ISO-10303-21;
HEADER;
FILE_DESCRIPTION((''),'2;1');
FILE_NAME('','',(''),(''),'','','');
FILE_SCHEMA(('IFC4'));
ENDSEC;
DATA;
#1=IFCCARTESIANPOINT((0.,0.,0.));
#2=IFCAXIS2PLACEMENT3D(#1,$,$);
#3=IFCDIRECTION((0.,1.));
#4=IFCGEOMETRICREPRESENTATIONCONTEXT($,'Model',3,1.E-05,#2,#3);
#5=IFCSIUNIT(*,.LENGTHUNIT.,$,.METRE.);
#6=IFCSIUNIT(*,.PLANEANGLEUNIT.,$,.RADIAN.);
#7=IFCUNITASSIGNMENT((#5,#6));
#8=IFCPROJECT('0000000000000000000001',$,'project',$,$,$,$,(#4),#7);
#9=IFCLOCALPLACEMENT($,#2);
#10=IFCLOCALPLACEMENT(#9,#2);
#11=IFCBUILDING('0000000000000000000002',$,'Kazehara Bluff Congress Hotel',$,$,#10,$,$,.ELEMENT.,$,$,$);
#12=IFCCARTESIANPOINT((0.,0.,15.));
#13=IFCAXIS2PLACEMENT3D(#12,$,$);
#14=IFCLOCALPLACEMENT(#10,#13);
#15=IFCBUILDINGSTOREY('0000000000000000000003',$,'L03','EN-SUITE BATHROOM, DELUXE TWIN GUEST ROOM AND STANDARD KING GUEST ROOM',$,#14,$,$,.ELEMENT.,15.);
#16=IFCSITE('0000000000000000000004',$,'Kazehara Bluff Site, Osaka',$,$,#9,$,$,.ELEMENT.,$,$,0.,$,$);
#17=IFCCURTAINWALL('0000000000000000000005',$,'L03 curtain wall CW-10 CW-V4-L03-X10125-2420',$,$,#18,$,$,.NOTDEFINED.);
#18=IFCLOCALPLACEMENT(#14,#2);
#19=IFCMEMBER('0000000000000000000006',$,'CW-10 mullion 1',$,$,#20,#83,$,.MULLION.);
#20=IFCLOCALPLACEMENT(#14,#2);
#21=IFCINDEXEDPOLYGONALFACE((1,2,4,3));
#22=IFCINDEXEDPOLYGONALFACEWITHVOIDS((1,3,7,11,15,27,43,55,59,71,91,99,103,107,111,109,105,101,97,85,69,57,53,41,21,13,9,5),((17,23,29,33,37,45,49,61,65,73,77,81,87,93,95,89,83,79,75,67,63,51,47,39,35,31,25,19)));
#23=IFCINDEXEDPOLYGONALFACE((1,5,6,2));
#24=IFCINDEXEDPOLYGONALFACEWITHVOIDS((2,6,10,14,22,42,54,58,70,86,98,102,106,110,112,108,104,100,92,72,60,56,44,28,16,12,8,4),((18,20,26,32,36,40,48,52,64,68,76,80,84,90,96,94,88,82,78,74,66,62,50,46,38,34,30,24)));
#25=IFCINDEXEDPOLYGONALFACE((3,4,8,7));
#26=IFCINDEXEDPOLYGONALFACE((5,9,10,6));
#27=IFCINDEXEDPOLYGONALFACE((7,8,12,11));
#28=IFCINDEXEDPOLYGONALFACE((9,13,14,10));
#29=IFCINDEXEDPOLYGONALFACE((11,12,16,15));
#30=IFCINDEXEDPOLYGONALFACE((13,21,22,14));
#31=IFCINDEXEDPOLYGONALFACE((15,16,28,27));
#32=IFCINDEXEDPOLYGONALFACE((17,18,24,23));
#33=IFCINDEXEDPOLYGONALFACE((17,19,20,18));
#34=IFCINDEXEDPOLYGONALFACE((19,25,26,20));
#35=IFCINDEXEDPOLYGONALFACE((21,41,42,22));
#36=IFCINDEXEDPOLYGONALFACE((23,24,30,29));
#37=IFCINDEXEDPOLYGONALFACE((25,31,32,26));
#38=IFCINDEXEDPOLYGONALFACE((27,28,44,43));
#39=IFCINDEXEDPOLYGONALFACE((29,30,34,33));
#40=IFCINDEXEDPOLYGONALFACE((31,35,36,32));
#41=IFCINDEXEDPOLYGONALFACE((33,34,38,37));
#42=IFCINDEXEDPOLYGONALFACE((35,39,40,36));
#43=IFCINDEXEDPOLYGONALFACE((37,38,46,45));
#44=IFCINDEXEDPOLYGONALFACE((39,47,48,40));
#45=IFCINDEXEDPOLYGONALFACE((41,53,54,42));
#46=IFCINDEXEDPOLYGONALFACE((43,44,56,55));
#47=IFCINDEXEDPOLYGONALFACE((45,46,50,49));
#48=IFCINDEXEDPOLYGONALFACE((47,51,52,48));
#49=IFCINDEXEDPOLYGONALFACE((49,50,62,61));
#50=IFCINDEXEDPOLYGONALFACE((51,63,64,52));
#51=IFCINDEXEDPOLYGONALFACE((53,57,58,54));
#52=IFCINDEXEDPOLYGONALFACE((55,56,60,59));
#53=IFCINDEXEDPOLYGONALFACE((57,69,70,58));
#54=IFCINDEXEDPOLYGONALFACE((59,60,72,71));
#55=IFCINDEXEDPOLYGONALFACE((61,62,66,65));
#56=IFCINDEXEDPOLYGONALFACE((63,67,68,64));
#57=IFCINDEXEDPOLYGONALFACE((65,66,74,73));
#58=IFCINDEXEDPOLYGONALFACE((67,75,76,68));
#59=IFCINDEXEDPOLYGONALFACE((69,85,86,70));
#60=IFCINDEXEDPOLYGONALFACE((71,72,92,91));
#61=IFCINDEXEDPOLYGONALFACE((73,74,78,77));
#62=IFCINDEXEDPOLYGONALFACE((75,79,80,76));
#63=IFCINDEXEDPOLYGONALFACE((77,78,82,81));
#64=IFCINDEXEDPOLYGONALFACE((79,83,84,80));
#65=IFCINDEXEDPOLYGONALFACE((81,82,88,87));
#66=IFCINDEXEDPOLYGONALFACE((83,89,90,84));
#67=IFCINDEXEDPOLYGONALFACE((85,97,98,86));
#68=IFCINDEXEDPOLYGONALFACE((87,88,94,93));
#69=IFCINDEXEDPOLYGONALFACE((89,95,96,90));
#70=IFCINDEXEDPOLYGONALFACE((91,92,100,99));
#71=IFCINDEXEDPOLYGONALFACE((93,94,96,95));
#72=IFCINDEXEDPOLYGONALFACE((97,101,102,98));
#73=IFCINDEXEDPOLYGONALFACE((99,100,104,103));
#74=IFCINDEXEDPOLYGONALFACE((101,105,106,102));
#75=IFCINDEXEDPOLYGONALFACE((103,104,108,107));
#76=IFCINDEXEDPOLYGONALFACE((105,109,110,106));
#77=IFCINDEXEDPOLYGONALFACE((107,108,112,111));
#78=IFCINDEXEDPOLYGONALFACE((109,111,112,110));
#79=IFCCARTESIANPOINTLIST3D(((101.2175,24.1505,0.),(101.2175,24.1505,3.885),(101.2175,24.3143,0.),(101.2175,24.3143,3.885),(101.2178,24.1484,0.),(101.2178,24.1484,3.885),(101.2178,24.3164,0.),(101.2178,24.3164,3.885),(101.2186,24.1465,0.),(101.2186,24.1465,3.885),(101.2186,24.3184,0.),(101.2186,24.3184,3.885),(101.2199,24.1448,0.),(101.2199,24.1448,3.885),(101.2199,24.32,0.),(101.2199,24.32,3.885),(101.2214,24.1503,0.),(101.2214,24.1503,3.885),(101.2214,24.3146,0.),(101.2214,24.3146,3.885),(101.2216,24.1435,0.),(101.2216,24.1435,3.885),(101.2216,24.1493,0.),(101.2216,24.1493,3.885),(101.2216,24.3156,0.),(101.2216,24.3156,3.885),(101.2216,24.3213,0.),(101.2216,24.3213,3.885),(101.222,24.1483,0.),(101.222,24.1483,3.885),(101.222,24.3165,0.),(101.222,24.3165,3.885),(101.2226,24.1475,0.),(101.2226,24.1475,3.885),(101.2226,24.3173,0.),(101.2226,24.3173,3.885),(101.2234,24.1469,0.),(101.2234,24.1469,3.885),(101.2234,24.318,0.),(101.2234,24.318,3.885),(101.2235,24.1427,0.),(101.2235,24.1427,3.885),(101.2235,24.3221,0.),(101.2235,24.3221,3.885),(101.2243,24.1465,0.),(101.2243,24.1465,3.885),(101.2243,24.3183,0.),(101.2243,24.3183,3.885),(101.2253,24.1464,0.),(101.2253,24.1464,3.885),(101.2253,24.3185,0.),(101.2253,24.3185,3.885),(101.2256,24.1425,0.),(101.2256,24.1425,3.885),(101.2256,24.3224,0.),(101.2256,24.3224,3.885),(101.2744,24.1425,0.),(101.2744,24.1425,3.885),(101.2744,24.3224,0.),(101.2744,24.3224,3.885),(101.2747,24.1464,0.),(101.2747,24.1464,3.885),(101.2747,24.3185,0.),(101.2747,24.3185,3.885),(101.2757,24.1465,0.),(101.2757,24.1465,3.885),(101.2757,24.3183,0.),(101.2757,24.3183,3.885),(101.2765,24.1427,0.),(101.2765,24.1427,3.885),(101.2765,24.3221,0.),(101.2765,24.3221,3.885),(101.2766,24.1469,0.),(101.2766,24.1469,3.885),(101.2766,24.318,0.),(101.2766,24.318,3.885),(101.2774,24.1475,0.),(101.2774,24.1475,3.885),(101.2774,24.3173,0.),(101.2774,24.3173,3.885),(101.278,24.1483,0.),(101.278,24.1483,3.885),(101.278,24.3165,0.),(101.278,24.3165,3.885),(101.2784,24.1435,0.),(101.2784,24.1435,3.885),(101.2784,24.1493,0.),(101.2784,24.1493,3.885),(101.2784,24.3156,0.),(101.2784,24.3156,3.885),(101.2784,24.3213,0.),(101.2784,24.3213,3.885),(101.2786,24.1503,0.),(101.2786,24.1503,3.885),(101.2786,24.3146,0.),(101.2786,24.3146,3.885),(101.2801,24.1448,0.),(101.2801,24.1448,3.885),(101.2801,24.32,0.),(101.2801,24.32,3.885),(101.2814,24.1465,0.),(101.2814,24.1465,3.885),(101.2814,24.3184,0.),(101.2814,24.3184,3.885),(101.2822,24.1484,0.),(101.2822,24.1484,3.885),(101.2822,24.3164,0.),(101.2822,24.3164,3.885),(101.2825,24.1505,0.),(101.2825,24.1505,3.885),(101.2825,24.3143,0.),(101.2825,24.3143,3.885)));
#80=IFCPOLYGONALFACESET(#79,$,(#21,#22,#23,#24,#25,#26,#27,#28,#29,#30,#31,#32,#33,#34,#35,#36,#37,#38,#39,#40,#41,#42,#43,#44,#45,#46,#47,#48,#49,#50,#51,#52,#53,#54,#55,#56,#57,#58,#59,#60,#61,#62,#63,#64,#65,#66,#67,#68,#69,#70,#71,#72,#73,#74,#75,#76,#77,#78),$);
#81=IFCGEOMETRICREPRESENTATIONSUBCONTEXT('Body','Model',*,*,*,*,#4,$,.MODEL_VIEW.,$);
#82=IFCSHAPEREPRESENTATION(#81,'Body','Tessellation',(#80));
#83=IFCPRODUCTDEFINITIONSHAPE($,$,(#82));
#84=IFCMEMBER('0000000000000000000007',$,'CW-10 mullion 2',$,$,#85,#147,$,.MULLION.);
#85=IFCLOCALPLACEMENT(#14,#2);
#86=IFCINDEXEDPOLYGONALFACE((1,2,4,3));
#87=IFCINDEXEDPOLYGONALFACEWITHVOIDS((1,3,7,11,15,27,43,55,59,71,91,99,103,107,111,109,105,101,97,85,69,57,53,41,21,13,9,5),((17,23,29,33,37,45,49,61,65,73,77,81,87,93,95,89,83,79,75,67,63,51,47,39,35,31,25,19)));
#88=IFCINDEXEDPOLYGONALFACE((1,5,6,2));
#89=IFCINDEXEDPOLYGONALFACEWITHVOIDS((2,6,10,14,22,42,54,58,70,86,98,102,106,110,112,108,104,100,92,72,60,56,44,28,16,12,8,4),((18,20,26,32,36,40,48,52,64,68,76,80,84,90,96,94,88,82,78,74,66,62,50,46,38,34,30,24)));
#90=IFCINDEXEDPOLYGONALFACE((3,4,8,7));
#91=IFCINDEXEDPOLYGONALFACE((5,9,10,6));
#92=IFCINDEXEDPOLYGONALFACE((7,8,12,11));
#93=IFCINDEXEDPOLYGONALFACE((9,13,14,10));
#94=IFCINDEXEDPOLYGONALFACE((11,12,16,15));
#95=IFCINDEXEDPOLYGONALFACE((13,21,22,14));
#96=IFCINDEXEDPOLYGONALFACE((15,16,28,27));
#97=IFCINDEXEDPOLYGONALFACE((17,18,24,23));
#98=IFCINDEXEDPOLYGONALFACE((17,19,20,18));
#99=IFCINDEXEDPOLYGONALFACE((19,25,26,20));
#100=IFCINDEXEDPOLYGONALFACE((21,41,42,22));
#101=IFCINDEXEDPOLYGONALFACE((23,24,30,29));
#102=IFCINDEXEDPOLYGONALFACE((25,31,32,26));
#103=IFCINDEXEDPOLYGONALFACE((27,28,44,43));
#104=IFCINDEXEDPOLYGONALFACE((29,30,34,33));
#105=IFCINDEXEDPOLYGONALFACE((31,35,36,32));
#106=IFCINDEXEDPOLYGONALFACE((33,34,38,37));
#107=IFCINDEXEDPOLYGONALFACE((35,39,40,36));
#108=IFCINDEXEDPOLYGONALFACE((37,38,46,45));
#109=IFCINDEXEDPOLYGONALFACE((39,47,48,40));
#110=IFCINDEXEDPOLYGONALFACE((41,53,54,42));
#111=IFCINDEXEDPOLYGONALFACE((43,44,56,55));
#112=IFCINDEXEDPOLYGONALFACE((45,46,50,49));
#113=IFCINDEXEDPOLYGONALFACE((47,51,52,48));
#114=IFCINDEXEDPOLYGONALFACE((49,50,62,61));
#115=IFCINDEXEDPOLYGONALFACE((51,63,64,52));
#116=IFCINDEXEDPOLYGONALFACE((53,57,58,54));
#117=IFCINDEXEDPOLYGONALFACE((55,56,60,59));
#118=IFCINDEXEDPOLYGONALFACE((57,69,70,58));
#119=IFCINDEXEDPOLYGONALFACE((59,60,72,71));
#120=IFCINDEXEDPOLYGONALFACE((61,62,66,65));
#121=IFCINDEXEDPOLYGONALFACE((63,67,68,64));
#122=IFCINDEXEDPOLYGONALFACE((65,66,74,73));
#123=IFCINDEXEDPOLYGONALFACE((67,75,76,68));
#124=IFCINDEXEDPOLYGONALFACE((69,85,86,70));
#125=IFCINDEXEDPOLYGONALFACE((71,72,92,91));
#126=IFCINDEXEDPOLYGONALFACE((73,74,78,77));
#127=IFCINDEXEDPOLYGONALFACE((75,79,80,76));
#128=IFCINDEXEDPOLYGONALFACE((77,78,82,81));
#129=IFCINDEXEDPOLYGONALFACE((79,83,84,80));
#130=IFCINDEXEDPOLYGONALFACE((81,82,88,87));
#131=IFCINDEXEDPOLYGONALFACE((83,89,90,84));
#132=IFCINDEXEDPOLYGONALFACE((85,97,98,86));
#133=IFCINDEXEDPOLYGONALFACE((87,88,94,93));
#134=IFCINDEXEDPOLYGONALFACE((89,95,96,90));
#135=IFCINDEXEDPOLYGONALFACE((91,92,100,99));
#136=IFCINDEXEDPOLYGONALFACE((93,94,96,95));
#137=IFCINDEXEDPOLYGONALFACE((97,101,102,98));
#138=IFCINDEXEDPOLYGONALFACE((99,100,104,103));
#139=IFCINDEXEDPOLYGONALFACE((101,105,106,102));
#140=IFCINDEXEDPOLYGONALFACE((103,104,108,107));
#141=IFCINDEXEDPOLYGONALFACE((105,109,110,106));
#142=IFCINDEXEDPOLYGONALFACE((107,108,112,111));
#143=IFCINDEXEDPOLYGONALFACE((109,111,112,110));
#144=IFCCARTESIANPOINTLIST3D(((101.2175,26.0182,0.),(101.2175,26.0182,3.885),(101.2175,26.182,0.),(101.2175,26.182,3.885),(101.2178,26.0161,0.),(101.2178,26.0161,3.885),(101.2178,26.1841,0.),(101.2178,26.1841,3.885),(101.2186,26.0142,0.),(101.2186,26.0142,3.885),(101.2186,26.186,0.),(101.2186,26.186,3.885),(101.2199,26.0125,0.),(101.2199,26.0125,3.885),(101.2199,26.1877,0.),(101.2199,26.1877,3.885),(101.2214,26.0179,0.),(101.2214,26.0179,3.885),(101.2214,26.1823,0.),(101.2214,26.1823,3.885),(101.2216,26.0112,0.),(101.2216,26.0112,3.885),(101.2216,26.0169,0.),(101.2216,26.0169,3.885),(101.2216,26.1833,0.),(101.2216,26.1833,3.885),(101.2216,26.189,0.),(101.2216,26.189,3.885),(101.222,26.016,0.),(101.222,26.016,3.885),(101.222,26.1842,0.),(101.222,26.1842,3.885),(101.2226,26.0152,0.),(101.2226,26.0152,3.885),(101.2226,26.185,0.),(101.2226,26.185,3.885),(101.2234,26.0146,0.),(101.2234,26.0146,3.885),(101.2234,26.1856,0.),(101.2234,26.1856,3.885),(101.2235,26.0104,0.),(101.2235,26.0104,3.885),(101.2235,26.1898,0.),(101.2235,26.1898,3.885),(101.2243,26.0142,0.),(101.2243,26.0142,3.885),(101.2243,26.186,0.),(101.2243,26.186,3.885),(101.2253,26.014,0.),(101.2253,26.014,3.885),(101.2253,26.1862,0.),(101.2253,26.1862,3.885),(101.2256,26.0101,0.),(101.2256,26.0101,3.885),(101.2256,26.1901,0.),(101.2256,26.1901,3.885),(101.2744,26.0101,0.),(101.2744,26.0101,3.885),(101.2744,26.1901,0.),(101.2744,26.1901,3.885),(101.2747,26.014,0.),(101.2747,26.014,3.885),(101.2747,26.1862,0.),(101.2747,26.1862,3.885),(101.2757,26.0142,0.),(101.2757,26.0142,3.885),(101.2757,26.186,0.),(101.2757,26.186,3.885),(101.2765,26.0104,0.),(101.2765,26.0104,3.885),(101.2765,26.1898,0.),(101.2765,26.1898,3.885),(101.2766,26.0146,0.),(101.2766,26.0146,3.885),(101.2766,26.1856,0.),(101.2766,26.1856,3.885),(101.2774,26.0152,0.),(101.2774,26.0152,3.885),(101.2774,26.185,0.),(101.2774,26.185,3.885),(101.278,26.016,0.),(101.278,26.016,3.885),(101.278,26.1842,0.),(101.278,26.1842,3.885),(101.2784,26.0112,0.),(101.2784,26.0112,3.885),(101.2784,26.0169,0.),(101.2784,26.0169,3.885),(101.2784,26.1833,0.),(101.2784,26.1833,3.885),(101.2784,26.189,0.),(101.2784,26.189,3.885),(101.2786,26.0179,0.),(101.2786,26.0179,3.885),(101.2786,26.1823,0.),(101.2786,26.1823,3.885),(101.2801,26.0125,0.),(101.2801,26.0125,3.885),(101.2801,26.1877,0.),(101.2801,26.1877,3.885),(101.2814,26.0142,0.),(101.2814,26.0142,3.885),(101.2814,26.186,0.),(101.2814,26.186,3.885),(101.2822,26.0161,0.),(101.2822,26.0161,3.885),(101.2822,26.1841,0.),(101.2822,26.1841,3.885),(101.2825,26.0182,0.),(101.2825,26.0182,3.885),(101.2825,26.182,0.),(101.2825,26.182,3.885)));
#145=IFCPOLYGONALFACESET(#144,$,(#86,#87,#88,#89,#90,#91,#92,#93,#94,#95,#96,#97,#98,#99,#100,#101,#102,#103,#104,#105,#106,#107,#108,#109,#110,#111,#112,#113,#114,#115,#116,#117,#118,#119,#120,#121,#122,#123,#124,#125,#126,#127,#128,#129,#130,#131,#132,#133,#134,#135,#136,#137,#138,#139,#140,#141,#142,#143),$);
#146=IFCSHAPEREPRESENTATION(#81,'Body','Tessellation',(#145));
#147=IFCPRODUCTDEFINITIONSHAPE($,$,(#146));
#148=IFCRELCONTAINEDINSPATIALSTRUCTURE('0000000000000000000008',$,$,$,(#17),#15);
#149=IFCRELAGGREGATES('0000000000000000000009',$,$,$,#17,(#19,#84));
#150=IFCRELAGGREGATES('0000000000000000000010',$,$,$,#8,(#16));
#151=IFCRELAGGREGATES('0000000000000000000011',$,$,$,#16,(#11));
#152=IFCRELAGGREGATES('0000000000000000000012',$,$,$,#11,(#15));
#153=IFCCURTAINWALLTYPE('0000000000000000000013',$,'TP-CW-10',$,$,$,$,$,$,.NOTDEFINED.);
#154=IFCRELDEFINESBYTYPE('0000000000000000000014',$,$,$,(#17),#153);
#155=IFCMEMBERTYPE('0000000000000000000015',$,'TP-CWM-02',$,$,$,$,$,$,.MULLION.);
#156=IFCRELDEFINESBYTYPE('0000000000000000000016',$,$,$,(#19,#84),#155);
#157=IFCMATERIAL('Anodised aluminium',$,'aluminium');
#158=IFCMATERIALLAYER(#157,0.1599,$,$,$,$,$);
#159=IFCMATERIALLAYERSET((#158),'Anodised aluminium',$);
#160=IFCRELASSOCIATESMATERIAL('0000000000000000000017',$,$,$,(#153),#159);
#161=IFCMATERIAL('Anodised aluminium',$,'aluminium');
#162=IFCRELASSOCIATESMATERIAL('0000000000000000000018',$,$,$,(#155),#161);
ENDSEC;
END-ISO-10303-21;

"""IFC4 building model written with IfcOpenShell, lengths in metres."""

from ifc_helpers import new_model, si_unit, direction, frame, origin, origin_2d, place, context, subcontext, project, spatial, hollow_rectangle, extrude, material, layer, layer_set, material_profile, profile_set, type_object, element, aggregate, save


model = new_model("IFC4")

# Units and contexts
model_context = context("Model", 3, precision=1e-05, world=origin(), true_north=direction((0.0, 1.0)))
body_context = subcontext(model_context, "Body", "Model", "MODEL_VIEW")
ifc_project = project(units=[si_unit("LENGTHUNIT", "METRE"), si_unit("PLANEANGLEUNIT", "RADIAN")], contexts=[model_context])

# Site, building, storey
site_placement = place(None, origin())
site = spatial("IfcSite", under=ifc_project, at=site_placement, Name="Kazehara Bluff Site, Osaka", CompositionType="ELEMENT", RefElevation=0.0)
building_placement = place(site_placement, origin())
building = spatial("IfcBuilding", under=site, at=building_placement, Name="Kazehara Bluff Congress Hotel", CompositionType="ELEMENT")
storey_placement = place(building_placement, frame((0.0, 0.0, 15.0)))
storey = spatial("IfcBuildingStorey", under=building, at=storey_placement, Name="L03", Description="EN-SUITE BATHROOM, DELUXE TWIN GUEST ROOM AND STANDARD KING GUEST ROOM", CompositionType="ELEMENT", Elevation=15.0)

# Curtain wall, members
ifc_material_1 = material(Name="Anodised aluminium", Category="aluminium")
ifc_layer_1 = layer(ifc_material_1, 0.1599)
ifc_layer_set_1 = layer_set([ifc_layer_1], Name="Anodised aluminium")
curtain_wall_type = type_object("IfcCurtainWallType", Name="TP-CW-10", PredefinedType="NOTDEFINED", material=ifc_layer_set_1)
curtain_wall_placement = place(storey_placement, origin())
curtain_wall = element("IfcCurtainWall", 1, at=curtain_wall_placement, inside=storey, type_object=curtain_wall_type, Name="L03 curtain wall CW-10 CW-V4-L03-X10125-2420", PredefinedType="NOTDEFINED")
ifc_material_2 = material(Name="Anodised aluminium", Category="aluminium")
ifc_material_profile_1 = material_profile(ifc_material_2, hollow_rectangle(XDim=0.0649, YDim=0.1799, WallThickness=0.0039, InnerFilletRadius=0.0039, OuterFilletRadius=0.0081, at=origin_2d()))
ifc_profile_set_1 = profile_set([ifc_material_profile_1], Name="Anodised aluminium")
member_type_1 = type_object("IfcMemberType", Name="TP-CWM-02", PredefinedType="MULLION", material=ifc_profile_set_1)
member_1_placement = place(storey_placement, frame((101.25, 24.2324, 0.0), z_axis=(0.0, 0.0, 1.0), x_axis=(-1.0, 0.0, 0.0)))
member_1 = element("IfcMember", 2, at=member_1_placement, type_object=member_type_1, Name="CW-10 mullion 1", PredefinedType="MULLION", context=body_context, shape_type="SweptSolid", body=[
    extrude(hollow_rectangle(XDim=0.0649, YDim=0.1799, WallThickness=0.0039, InnerFilletRadius=0.0039, OuterFilletRadius=0.0081, at=origin_2d()), origin(), (0.0, 0.0, 1.0), 3.885),
])
member_2_placement = place(storey_placement, frame((101.25, 26.1001, 0.0), z_axis=(0.0, 0.0, 1.0), x_axis=(-1.0, 0.0, 0.0)))
member_2 = element("IfcMember", 3, at=member_2_placement, type_object=member_type_1, Name="CW-10 mullion 2", PredefinedType="MULLION", context=body_context, shape_type="SweptSolid", body=[
    extrude(hollow_rectangle(XDim=0.0649, YDim=0.1799, WallThickness=0.0039, InnerFilletRadius=0.0039, OuterFilletRadius=0.0081, at=origin_2d()), origin(), (0.0, 0.0, 1.0), 3.885),
])

aggregate(curtain_wall, [member_1, member_2])

save(model, "model.ifc")
